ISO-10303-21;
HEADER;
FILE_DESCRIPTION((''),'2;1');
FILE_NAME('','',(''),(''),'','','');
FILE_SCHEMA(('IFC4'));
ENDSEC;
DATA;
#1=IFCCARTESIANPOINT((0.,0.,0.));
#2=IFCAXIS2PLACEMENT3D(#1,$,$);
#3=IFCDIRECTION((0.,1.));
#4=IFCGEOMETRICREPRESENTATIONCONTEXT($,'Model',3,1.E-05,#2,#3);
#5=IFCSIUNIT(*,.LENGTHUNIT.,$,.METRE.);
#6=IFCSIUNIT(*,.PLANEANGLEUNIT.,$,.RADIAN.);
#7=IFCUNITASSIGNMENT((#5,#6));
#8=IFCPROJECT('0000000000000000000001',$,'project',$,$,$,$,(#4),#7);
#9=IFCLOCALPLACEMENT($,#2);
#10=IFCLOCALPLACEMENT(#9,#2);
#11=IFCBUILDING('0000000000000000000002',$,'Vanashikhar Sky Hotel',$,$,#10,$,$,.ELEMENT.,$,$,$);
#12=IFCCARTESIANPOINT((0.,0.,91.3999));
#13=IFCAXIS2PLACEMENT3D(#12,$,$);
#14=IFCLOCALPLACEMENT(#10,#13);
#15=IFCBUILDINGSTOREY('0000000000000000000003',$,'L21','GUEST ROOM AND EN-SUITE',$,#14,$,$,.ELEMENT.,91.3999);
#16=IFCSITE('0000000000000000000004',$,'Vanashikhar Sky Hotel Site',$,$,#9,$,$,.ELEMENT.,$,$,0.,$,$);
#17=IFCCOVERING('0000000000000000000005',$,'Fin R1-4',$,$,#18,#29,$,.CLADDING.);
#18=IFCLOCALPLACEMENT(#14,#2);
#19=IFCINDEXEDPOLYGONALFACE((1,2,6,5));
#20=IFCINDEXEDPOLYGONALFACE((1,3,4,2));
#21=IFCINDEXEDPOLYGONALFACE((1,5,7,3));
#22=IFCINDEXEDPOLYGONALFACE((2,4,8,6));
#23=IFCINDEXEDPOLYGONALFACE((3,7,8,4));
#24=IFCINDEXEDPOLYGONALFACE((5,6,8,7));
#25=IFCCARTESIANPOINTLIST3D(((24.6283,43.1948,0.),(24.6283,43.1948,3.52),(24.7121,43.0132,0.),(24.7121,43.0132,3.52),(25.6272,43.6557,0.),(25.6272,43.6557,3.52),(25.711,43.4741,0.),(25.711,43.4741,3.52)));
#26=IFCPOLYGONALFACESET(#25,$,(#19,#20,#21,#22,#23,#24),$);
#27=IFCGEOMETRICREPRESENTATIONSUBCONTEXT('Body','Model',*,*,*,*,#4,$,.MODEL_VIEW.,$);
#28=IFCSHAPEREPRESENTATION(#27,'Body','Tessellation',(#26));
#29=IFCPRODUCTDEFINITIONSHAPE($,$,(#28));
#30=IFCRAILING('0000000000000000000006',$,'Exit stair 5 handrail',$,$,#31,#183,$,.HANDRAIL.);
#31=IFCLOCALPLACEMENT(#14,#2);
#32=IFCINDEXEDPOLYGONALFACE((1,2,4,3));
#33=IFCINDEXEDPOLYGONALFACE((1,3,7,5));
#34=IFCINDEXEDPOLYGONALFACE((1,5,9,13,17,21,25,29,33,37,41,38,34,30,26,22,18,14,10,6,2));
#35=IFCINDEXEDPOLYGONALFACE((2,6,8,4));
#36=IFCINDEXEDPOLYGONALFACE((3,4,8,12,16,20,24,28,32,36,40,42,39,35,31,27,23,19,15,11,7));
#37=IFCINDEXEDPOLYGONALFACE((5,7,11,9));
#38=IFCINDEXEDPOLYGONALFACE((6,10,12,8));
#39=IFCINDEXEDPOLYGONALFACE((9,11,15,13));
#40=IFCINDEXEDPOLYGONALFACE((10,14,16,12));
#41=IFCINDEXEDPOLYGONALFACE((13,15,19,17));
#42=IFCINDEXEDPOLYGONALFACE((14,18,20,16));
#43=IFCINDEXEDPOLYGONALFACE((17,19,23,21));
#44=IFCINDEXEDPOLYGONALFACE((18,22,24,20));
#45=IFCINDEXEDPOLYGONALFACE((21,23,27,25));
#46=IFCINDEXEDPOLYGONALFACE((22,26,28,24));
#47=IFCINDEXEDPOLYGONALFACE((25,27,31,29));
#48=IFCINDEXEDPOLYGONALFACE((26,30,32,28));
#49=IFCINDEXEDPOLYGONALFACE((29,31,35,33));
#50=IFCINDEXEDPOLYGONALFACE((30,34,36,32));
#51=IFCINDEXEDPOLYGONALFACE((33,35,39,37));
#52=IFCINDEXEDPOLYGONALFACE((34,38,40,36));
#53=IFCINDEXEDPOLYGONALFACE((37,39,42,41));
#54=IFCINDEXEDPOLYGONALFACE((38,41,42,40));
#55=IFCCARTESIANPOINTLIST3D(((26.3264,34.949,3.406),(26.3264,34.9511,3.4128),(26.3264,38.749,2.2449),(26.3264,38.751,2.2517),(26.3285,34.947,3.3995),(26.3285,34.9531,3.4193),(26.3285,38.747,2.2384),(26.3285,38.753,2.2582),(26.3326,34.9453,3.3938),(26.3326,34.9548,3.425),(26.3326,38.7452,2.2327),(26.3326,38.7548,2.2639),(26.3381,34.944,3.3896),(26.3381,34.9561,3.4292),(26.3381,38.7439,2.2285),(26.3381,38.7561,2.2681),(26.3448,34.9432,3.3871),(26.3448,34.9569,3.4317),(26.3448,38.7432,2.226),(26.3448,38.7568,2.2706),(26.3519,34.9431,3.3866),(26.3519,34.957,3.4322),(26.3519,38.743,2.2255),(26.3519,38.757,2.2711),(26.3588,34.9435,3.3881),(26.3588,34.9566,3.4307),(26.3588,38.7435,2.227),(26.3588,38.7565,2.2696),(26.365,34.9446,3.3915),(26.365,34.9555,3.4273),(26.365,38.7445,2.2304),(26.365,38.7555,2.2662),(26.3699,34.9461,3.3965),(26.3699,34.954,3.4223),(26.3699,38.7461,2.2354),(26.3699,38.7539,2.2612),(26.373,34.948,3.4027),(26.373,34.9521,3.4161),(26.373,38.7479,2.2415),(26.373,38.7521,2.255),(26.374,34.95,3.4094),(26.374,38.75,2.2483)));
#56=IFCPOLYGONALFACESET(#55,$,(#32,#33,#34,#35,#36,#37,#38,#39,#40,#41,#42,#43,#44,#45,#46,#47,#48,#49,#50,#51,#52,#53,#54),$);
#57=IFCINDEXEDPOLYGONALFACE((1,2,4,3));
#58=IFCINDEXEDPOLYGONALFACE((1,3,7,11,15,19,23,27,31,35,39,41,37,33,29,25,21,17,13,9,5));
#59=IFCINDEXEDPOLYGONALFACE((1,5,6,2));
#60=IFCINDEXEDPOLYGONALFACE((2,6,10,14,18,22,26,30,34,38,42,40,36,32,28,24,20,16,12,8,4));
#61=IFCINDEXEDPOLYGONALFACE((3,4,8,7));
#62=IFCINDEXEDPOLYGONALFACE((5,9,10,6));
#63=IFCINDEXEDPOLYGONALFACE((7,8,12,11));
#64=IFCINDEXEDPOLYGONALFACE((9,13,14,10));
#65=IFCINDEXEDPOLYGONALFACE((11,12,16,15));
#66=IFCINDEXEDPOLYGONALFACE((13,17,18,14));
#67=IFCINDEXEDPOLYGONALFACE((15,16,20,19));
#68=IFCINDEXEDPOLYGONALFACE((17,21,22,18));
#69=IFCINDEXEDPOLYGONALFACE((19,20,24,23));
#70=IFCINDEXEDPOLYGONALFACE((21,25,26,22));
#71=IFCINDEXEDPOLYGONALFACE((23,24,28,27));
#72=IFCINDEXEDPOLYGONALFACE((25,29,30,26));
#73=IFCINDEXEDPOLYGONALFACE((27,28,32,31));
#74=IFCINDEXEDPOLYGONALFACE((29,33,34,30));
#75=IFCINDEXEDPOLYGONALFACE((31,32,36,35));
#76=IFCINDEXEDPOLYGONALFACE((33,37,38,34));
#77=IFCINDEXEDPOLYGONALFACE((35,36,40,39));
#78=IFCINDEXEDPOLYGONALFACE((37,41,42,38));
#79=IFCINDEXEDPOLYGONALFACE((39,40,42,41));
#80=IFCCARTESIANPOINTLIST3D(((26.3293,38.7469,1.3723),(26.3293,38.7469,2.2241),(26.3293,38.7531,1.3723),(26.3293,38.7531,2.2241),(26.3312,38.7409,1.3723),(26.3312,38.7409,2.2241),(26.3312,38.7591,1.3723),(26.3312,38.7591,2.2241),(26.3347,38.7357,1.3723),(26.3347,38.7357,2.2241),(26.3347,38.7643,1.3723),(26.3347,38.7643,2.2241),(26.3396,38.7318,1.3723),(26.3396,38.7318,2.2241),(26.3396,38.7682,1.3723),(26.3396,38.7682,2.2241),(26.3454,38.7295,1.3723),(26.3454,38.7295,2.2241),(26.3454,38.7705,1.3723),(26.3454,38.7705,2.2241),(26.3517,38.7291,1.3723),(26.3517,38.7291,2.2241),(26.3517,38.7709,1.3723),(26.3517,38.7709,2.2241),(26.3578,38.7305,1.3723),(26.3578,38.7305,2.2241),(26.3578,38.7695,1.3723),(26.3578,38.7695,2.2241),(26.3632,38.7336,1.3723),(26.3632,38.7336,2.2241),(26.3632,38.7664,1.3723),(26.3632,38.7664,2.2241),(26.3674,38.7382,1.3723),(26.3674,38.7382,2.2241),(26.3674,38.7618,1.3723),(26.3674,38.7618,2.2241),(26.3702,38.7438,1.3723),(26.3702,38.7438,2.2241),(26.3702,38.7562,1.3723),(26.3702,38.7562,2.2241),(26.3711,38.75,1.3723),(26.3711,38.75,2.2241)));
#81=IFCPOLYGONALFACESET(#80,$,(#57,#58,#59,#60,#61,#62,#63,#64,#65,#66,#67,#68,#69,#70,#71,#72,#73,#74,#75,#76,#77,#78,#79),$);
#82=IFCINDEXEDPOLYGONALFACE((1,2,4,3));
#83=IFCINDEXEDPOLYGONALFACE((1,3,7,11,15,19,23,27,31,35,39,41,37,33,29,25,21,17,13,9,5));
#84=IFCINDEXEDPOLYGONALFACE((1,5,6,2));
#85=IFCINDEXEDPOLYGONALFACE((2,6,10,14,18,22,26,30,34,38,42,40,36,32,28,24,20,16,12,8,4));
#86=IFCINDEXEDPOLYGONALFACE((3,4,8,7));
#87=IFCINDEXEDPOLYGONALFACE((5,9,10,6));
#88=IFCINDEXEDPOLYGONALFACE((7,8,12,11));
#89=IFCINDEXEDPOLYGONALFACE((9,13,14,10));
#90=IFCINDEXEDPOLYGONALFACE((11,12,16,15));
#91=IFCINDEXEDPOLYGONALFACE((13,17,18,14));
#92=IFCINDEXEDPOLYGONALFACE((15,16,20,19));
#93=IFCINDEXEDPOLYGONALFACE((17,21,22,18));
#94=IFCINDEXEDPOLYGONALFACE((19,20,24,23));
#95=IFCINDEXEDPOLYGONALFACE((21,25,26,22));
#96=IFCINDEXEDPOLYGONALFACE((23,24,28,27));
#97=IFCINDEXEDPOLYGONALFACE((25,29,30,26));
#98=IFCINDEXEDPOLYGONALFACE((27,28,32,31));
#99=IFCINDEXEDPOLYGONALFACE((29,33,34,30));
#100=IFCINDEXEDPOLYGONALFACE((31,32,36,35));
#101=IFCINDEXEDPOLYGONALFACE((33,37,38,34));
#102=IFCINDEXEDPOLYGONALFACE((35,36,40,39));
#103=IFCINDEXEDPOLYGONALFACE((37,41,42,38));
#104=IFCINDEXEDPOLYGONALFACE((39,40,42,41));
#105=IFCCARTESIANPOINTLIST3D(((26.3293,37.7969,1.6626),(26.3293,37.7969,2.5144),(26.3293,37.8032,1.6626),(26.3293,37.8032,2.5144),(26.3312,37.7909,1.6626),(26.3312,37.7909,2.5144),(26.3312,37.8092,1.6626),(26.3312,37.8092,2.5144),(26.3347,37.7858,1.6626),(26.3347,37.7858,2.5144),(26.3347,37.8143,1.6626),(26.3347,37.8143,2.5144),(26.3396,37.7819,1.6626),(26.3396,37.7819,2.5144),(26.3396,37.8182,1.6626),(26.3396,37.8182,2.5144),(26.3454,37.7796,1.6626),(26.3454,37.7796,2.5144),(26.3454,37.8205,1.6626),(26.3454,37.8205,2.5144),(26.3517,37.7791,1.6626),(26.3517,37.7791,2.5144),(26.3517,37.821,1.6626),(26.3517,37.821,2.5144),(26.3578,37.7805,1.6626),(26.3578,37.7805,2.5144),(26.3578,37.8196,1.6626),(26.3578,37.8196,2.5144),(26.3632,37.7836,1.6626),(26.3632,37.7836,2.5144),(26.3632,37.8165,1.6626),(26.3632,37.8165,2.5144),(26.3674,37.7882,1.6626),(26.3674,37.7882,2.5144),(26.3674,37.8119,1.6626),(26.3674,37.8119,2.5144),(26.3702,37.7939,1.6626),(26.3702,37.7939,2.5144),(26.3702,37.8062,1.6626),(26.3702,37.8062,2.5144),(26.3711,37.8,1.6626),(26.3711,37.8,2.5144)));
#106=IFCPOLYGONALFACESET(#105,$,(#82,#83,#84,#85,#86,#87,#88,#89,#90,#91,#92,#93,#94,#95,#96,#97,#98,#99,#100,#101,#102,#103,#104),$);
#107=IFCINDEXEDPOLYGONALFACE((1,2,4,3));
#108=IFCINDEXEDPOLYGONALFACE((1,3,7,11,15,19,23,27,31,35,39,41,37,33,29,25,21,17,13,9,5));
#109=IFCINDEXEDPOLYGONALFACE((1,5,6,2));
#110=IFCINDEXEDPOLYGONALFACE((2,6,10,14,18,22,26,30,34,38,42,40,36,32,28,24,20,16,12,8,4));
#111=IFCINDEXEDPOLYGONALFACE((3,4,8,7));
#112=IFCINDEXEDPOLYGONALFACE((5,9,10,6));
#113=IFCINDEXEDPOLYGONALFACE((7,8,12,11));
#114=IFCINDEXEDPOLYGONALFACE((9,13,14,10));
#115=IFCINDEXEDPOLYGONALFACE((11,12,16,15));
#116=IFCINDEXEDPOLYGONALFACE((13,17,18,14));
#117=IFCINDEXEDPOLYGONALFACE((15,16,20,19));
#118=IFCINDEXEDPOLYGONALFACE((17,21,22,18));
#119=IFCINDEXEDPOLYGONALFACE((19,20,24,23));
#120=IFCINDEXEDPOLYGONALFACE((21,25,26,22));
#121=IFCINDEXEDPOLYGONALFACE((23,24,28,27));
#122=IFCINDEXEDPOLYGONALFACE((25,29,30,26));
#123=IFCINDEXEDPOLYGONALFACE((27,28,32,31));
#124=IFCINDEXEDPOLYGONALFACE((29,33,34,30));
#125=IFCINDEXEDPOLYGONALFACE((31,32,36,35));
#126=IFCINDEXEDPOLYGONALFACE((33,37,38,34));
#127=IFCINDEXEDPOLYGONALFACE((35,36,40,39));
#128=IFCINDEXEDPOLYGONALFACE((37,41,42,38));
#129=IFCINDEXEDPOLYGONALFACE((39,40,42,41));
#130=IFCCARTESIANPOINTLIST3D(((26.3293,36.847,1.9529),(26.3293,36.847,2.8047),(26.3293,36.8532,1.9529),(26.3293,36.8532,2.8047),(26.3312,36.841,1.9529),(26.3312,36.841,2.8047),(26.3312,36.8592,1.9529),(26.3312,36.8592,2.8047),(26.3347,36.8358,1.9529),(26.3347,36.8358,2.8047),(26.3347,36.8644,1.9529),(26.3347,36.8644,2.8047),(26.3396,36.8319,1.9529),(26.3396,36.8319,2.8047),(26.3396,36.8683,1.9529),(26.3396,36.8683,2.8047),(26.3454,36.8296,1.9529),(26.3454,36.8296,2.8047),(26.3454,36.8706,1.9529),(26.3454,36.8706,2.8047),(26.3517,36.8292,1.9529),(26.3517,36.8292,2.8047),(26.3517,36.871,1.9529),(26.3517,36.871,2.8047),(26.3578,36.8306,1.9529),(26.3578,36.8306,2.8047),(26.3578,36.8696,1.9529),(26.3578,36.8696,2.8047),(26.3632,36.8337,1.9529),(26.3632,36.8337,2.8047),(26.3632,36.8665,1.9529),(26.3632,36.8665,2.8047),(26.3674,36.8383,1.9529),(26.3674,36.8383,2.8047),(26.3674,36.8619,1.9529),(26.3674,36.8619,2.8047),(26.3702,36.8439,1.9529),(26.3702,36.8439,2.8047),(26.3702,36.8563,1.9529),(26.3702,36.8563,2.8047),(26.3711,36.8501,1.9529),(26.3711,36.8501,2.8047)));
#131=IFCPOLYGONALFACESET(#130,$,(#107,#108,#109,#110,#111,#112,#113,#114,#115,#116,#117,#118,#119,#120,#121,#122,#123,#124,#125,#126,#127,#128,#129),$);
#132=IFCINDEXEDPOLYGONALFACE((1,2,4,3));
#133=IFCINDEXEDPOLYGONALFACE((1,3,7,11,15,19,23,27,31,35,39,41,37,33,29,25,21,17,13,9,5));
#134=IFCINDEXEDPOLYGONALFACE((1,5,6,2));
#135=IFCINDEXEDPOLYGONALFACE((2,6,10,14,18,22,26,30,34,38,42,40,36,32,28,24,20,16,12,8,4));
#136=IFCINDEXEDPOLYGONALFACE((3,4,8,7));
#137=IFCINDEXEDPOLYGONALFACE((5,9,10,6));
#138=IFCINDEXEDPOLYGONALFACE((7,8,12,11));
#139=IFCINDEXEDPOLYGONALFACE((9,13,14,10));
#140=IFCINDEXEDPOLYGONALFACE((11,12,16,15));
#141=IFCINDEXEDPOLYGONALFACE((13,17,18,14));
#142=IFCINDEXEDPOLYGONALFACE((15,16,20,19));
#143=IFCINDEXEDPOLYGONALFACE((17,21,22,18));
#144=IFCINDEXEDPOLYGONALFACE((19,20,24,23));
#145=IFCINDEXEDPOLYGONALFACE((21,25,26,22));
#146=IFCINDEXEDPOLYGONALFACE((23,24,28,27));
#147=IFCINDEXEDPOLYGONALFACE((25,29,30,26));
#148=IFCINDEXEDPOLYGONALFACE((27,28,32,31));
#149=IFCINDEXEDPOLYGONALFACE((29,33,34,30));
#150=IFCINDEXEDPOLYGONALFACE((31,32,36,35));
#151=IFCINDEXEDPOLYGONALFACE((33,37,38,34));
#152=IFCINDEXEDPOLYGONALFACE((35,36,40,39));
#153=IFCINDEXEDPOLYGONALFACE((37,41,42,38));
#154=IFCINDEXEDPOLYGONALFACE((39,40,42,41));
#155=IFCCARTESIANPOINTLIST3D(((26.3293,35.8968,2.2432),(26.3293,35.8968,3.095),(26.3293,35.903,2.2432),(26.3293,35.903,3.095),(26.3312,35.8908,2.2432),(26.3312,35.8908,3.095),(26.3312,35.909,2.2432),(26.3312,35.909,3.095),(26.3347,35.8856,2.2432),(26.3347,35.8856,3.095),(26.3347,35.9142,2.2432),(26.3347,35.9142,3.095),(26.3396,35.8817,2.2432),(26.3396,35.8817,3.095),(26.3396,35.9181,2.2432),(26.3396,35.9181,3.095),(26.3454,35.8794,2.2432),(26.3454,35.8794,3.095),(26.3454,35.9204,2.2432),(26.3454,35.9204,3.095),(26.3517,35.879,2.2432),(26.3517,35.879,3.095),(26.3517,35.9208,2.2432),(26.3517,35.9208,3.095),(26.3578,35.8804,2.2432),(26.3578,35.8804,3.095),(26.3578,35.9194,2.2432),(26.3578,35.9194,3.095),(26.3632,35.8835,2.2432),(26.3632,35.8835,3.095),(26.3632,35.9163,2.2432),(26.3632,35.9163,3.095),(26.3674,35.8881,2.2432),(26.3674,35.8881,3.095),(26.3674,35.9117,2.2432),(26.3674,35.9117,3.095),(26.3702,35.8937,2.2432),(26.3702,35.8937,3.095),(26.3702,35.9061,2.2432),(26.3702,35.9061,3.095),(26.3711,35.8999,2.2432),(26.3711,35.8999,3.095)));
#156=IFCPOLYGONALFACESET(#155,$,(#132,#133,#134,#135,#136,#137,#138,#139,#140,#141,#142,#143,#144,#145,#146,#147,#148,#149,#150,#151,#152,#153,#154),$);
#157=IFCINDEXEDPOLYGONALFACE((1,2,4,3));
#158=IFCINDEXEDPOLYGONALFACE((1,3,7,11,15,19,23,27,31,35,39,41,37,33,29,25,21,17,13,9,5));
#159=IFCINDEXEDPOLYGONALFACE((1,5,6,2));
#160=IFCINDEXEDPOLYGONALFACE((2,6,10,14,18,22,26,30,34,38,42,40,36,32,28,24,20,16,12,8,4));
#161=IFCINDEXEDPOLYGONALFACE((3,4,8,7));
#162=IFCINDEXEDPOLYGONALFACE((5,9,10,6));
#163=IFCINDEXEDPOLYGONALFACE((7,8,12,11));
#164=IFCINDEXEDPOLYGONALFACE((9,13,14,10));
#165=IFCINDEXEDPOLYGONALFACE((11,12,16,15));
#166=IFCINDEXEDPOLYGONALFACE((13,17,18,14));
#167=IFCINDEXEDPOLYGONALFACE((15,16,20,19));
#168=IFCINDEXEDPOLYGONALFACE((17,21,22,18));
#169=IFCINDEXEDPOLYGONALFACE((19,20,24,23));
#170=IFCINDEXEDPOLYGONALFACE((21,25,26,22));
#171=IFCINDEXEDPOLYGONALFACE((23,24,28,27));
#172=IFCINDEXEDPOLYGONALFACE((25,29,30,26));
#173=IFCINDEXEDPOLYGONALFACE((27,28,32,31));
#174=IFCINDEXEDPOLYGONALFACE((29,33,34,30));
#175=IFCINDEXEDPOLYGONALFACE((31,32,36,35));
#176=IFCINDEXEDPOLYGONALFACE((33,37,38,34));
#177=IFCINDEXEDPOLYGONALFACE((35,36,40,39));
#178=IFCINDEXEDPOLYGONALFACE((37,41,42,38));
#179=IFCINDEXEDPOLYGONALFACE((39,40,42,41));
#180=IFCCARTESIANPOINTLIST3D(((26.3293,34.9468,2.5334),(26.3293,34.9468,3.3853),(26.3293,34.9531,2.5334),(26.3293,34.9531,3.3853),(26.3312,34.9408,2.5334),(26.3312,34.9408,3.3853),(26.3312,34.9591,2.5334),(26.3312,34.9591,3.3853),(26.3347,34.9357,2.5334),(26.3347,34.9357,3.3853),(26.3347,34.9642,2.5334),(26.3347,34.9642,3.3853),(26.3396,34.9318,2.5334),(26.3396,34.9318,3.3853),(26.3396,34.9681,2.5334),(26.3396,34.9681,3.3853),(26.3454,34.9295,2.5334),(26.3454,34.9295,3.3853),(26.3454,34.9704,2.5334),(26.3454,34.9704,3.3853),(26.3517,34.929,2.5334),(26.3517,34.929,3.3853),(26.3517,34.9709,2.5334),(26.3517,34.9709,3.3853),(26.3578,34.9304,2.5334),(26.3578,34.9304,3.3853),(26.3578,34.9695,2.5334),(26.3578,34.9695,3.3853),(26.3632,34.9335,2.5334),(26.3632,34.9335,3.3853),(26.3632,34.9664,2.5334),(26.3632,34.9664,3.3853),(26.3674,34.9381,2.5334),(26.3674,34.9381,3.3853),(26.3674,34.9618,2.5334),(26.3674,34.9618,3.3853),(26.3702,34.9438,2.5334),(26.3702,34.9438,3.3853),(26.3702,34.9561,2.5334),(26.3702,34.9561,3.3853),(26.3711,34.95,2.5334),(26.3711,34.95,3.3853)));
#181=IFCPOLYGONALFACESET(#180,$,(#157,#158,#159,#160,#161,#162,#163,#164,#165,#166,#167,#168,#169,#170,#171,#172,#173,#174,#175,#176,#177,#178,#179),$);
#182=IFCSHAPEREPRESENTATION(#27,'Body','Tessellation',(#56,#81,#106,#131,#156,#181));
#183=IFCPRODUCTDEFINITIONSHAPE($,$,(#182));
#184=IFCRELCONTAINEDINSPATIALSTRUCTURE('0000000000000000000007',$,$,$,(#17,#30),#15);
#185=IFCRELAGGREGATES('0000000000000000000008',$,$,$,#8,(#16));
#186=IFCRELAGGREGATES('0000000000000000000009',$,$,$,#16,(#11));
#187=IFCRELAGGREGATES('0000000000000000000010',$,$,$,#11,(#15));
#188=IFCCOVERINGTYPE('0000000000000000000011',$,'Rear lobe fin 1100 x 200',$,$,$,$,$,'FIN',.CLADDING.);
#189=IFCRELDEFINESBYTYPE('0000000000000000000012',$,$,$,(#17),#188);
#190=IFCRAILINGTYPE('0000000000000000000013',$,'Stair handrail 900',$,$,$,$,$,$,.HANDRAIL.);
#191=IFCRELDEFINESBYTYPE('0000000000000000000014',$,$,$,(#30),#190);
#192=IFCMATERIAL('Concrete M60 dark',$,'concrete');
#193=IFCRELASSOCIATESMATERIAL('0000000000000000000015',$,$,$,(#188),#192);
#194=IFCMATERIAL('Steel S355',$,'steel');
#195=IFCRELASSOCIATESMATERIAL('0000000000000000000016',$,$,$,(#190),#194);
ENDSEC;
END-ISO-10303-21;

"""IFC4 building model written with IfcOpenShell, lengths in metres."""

from ifc_helpers import new_model, si_unit, direction, frame, origin, origin_2d, place, context, subcontext, project, spatial, rectangle, circle, extrude, source, transform, mapped, material, material_profile, profile_set, type_object, element, save


model = new_model("IFC4")

# Units and contexts
model_context = context("Model", 3, precision=1e-05, world=origin(), true_north=direction((0.0, 1.0)))
body_context = subcontext(model_context, "Body", "Model", "MODEL_VIEW")
ifc_project = project(units=[si_unit("LENGTHUNIT", "METRE"), si_unit("PLANEANGLEUNIT", "RADIAN")], contexts=[model_context])

# Site, building, storey
site_placement = place(None, origin())
site = spatial("IfcSite", under=ifc_project, at=site_placement, Name="Vanashikhar Sky Hotel Site", CompositionType="ELEMENT", RefElevation=0.0)
building_placement = place(site_placement, origin())
building = spatial("IfcBuilding", under=site, at=building_placement, Name="Vanashikhar Sky Hotel", CompositionType="ELEMENT")
storey_placement = place(building_placement, frame((0.0, 0.0, 91.3999)))
storey = spatial("IfcBuildingStorey", under=building, at=storey_placement, Name="L21", Description="GUEST ROOM AND EN-SUITE", CompositionType="ELEMENT", Elevation=91.3999)

# Covering
ifc_material_1 = material(Name="Concrete M60 dark", Category="concrete")
ifc_material_profile = material_profile(ifc_material_1, rectangle(XDim=1.1001, YDim=0.2, at=origin_2d()))
ifc_profile_set = profile_set([ifc_material_profile], Name="Rear lobe fin 1100 x 200")
covering_type = type_object("IfcCoveringType", Name="Rear lobe fin 1100 x 200", ElementType="FIN", PredefinedType="CLADDING", material=ifc_profile_set)
shared_shape_1 = source(origin(), body_context, "Body", "SweptSolid", [
    extrude(rectangle(XDim=1.1001, YDim=0.2, at=origin_2d()), origin(), (0.0, 0.0, 1.0), 3.52),
])
for number, where, z_axis, x_axis, name in (
    (1, (25.1697, 43.3345, 0.0), (0.0, 0.0, 1.0), (0.908004, 0.418961, 0.0), "Fin R1-4"),
):
    element("IfcCovering", number, at=place(storey_placement, frame(where, z_axis=z_axis, x_axis=x_axis)), inside=storey, type_object=covering_type, Name=name, PredefinedType="CLADDING", context=body_context, shape_type="MappedRepresentation", body=[
        mapped(shared_shape_1, transform((0.0, 0.0, 0.0), scale=1.0)),
    ])

# Railing
ifc_material_2 = material(Name="Steel S355", Category="steel")
railing_type_1 = type_object("IfcRailingType", Name="Stair handrail 900", PredefinedType="HANDRAIL", material=ifc_material_2)
shared_shape_2 = source(origin(), body_context, "Body", "SweptSolid", [
    extrude(circle(Radius=0.0239, at=origin_2d()), frame((0.0, 0.0, 0.876), z_axis=(0.0, -0.956351, 0.29222), x_axis=(1.0, 0.0, 0.0)), (0.0, 0.0, 1.0), 3.9734),
    extrude(circle(Radius=0.021, at=origin_2d()), origin(), (0.0, 0.0, 1.0), 0.8518),
    extrude(circle(Radius=0.021, at=origin_2d()), frame((0.0, -0.95, 0.2903)), (0.0, 0.0, 1.0), 0.8518),
    extrude(circle(Radius=0.021, at=origin_2d()), frame((0.0, -1.8999, 0.5806)), (0.0, 0.0, 1.0), 0.8518),
    extrude(circle(Radius=0.021, at=origin_2d()), frame((0.0, -2.8501, 0.8708)), (0.0, 0.0, 1.0), 0.8518),
    extrude(circle(Radius=0.021, at=origin_2d()), frame((0.0, -3.8, 1.1611)), (0.0, 0.0, 1.0), 0.8518),
])
railing_1_placement = place(storey_placement, frame((26.3501, 38.75, 1.3723)))
element("IfcRailing", 2, at=railing_1_placement, inside=storey, type_object=railing_type_1, Name="Exit stair 5 handrail", PredefinedType="HANDRAIL", context=body_context, shape_type="MappedRepresentation", body=[
    mapped(shared_shape_2, transform((0.0, 0.0, 0.0), scale=1.0)),
])

save(model, "model.ifc")
